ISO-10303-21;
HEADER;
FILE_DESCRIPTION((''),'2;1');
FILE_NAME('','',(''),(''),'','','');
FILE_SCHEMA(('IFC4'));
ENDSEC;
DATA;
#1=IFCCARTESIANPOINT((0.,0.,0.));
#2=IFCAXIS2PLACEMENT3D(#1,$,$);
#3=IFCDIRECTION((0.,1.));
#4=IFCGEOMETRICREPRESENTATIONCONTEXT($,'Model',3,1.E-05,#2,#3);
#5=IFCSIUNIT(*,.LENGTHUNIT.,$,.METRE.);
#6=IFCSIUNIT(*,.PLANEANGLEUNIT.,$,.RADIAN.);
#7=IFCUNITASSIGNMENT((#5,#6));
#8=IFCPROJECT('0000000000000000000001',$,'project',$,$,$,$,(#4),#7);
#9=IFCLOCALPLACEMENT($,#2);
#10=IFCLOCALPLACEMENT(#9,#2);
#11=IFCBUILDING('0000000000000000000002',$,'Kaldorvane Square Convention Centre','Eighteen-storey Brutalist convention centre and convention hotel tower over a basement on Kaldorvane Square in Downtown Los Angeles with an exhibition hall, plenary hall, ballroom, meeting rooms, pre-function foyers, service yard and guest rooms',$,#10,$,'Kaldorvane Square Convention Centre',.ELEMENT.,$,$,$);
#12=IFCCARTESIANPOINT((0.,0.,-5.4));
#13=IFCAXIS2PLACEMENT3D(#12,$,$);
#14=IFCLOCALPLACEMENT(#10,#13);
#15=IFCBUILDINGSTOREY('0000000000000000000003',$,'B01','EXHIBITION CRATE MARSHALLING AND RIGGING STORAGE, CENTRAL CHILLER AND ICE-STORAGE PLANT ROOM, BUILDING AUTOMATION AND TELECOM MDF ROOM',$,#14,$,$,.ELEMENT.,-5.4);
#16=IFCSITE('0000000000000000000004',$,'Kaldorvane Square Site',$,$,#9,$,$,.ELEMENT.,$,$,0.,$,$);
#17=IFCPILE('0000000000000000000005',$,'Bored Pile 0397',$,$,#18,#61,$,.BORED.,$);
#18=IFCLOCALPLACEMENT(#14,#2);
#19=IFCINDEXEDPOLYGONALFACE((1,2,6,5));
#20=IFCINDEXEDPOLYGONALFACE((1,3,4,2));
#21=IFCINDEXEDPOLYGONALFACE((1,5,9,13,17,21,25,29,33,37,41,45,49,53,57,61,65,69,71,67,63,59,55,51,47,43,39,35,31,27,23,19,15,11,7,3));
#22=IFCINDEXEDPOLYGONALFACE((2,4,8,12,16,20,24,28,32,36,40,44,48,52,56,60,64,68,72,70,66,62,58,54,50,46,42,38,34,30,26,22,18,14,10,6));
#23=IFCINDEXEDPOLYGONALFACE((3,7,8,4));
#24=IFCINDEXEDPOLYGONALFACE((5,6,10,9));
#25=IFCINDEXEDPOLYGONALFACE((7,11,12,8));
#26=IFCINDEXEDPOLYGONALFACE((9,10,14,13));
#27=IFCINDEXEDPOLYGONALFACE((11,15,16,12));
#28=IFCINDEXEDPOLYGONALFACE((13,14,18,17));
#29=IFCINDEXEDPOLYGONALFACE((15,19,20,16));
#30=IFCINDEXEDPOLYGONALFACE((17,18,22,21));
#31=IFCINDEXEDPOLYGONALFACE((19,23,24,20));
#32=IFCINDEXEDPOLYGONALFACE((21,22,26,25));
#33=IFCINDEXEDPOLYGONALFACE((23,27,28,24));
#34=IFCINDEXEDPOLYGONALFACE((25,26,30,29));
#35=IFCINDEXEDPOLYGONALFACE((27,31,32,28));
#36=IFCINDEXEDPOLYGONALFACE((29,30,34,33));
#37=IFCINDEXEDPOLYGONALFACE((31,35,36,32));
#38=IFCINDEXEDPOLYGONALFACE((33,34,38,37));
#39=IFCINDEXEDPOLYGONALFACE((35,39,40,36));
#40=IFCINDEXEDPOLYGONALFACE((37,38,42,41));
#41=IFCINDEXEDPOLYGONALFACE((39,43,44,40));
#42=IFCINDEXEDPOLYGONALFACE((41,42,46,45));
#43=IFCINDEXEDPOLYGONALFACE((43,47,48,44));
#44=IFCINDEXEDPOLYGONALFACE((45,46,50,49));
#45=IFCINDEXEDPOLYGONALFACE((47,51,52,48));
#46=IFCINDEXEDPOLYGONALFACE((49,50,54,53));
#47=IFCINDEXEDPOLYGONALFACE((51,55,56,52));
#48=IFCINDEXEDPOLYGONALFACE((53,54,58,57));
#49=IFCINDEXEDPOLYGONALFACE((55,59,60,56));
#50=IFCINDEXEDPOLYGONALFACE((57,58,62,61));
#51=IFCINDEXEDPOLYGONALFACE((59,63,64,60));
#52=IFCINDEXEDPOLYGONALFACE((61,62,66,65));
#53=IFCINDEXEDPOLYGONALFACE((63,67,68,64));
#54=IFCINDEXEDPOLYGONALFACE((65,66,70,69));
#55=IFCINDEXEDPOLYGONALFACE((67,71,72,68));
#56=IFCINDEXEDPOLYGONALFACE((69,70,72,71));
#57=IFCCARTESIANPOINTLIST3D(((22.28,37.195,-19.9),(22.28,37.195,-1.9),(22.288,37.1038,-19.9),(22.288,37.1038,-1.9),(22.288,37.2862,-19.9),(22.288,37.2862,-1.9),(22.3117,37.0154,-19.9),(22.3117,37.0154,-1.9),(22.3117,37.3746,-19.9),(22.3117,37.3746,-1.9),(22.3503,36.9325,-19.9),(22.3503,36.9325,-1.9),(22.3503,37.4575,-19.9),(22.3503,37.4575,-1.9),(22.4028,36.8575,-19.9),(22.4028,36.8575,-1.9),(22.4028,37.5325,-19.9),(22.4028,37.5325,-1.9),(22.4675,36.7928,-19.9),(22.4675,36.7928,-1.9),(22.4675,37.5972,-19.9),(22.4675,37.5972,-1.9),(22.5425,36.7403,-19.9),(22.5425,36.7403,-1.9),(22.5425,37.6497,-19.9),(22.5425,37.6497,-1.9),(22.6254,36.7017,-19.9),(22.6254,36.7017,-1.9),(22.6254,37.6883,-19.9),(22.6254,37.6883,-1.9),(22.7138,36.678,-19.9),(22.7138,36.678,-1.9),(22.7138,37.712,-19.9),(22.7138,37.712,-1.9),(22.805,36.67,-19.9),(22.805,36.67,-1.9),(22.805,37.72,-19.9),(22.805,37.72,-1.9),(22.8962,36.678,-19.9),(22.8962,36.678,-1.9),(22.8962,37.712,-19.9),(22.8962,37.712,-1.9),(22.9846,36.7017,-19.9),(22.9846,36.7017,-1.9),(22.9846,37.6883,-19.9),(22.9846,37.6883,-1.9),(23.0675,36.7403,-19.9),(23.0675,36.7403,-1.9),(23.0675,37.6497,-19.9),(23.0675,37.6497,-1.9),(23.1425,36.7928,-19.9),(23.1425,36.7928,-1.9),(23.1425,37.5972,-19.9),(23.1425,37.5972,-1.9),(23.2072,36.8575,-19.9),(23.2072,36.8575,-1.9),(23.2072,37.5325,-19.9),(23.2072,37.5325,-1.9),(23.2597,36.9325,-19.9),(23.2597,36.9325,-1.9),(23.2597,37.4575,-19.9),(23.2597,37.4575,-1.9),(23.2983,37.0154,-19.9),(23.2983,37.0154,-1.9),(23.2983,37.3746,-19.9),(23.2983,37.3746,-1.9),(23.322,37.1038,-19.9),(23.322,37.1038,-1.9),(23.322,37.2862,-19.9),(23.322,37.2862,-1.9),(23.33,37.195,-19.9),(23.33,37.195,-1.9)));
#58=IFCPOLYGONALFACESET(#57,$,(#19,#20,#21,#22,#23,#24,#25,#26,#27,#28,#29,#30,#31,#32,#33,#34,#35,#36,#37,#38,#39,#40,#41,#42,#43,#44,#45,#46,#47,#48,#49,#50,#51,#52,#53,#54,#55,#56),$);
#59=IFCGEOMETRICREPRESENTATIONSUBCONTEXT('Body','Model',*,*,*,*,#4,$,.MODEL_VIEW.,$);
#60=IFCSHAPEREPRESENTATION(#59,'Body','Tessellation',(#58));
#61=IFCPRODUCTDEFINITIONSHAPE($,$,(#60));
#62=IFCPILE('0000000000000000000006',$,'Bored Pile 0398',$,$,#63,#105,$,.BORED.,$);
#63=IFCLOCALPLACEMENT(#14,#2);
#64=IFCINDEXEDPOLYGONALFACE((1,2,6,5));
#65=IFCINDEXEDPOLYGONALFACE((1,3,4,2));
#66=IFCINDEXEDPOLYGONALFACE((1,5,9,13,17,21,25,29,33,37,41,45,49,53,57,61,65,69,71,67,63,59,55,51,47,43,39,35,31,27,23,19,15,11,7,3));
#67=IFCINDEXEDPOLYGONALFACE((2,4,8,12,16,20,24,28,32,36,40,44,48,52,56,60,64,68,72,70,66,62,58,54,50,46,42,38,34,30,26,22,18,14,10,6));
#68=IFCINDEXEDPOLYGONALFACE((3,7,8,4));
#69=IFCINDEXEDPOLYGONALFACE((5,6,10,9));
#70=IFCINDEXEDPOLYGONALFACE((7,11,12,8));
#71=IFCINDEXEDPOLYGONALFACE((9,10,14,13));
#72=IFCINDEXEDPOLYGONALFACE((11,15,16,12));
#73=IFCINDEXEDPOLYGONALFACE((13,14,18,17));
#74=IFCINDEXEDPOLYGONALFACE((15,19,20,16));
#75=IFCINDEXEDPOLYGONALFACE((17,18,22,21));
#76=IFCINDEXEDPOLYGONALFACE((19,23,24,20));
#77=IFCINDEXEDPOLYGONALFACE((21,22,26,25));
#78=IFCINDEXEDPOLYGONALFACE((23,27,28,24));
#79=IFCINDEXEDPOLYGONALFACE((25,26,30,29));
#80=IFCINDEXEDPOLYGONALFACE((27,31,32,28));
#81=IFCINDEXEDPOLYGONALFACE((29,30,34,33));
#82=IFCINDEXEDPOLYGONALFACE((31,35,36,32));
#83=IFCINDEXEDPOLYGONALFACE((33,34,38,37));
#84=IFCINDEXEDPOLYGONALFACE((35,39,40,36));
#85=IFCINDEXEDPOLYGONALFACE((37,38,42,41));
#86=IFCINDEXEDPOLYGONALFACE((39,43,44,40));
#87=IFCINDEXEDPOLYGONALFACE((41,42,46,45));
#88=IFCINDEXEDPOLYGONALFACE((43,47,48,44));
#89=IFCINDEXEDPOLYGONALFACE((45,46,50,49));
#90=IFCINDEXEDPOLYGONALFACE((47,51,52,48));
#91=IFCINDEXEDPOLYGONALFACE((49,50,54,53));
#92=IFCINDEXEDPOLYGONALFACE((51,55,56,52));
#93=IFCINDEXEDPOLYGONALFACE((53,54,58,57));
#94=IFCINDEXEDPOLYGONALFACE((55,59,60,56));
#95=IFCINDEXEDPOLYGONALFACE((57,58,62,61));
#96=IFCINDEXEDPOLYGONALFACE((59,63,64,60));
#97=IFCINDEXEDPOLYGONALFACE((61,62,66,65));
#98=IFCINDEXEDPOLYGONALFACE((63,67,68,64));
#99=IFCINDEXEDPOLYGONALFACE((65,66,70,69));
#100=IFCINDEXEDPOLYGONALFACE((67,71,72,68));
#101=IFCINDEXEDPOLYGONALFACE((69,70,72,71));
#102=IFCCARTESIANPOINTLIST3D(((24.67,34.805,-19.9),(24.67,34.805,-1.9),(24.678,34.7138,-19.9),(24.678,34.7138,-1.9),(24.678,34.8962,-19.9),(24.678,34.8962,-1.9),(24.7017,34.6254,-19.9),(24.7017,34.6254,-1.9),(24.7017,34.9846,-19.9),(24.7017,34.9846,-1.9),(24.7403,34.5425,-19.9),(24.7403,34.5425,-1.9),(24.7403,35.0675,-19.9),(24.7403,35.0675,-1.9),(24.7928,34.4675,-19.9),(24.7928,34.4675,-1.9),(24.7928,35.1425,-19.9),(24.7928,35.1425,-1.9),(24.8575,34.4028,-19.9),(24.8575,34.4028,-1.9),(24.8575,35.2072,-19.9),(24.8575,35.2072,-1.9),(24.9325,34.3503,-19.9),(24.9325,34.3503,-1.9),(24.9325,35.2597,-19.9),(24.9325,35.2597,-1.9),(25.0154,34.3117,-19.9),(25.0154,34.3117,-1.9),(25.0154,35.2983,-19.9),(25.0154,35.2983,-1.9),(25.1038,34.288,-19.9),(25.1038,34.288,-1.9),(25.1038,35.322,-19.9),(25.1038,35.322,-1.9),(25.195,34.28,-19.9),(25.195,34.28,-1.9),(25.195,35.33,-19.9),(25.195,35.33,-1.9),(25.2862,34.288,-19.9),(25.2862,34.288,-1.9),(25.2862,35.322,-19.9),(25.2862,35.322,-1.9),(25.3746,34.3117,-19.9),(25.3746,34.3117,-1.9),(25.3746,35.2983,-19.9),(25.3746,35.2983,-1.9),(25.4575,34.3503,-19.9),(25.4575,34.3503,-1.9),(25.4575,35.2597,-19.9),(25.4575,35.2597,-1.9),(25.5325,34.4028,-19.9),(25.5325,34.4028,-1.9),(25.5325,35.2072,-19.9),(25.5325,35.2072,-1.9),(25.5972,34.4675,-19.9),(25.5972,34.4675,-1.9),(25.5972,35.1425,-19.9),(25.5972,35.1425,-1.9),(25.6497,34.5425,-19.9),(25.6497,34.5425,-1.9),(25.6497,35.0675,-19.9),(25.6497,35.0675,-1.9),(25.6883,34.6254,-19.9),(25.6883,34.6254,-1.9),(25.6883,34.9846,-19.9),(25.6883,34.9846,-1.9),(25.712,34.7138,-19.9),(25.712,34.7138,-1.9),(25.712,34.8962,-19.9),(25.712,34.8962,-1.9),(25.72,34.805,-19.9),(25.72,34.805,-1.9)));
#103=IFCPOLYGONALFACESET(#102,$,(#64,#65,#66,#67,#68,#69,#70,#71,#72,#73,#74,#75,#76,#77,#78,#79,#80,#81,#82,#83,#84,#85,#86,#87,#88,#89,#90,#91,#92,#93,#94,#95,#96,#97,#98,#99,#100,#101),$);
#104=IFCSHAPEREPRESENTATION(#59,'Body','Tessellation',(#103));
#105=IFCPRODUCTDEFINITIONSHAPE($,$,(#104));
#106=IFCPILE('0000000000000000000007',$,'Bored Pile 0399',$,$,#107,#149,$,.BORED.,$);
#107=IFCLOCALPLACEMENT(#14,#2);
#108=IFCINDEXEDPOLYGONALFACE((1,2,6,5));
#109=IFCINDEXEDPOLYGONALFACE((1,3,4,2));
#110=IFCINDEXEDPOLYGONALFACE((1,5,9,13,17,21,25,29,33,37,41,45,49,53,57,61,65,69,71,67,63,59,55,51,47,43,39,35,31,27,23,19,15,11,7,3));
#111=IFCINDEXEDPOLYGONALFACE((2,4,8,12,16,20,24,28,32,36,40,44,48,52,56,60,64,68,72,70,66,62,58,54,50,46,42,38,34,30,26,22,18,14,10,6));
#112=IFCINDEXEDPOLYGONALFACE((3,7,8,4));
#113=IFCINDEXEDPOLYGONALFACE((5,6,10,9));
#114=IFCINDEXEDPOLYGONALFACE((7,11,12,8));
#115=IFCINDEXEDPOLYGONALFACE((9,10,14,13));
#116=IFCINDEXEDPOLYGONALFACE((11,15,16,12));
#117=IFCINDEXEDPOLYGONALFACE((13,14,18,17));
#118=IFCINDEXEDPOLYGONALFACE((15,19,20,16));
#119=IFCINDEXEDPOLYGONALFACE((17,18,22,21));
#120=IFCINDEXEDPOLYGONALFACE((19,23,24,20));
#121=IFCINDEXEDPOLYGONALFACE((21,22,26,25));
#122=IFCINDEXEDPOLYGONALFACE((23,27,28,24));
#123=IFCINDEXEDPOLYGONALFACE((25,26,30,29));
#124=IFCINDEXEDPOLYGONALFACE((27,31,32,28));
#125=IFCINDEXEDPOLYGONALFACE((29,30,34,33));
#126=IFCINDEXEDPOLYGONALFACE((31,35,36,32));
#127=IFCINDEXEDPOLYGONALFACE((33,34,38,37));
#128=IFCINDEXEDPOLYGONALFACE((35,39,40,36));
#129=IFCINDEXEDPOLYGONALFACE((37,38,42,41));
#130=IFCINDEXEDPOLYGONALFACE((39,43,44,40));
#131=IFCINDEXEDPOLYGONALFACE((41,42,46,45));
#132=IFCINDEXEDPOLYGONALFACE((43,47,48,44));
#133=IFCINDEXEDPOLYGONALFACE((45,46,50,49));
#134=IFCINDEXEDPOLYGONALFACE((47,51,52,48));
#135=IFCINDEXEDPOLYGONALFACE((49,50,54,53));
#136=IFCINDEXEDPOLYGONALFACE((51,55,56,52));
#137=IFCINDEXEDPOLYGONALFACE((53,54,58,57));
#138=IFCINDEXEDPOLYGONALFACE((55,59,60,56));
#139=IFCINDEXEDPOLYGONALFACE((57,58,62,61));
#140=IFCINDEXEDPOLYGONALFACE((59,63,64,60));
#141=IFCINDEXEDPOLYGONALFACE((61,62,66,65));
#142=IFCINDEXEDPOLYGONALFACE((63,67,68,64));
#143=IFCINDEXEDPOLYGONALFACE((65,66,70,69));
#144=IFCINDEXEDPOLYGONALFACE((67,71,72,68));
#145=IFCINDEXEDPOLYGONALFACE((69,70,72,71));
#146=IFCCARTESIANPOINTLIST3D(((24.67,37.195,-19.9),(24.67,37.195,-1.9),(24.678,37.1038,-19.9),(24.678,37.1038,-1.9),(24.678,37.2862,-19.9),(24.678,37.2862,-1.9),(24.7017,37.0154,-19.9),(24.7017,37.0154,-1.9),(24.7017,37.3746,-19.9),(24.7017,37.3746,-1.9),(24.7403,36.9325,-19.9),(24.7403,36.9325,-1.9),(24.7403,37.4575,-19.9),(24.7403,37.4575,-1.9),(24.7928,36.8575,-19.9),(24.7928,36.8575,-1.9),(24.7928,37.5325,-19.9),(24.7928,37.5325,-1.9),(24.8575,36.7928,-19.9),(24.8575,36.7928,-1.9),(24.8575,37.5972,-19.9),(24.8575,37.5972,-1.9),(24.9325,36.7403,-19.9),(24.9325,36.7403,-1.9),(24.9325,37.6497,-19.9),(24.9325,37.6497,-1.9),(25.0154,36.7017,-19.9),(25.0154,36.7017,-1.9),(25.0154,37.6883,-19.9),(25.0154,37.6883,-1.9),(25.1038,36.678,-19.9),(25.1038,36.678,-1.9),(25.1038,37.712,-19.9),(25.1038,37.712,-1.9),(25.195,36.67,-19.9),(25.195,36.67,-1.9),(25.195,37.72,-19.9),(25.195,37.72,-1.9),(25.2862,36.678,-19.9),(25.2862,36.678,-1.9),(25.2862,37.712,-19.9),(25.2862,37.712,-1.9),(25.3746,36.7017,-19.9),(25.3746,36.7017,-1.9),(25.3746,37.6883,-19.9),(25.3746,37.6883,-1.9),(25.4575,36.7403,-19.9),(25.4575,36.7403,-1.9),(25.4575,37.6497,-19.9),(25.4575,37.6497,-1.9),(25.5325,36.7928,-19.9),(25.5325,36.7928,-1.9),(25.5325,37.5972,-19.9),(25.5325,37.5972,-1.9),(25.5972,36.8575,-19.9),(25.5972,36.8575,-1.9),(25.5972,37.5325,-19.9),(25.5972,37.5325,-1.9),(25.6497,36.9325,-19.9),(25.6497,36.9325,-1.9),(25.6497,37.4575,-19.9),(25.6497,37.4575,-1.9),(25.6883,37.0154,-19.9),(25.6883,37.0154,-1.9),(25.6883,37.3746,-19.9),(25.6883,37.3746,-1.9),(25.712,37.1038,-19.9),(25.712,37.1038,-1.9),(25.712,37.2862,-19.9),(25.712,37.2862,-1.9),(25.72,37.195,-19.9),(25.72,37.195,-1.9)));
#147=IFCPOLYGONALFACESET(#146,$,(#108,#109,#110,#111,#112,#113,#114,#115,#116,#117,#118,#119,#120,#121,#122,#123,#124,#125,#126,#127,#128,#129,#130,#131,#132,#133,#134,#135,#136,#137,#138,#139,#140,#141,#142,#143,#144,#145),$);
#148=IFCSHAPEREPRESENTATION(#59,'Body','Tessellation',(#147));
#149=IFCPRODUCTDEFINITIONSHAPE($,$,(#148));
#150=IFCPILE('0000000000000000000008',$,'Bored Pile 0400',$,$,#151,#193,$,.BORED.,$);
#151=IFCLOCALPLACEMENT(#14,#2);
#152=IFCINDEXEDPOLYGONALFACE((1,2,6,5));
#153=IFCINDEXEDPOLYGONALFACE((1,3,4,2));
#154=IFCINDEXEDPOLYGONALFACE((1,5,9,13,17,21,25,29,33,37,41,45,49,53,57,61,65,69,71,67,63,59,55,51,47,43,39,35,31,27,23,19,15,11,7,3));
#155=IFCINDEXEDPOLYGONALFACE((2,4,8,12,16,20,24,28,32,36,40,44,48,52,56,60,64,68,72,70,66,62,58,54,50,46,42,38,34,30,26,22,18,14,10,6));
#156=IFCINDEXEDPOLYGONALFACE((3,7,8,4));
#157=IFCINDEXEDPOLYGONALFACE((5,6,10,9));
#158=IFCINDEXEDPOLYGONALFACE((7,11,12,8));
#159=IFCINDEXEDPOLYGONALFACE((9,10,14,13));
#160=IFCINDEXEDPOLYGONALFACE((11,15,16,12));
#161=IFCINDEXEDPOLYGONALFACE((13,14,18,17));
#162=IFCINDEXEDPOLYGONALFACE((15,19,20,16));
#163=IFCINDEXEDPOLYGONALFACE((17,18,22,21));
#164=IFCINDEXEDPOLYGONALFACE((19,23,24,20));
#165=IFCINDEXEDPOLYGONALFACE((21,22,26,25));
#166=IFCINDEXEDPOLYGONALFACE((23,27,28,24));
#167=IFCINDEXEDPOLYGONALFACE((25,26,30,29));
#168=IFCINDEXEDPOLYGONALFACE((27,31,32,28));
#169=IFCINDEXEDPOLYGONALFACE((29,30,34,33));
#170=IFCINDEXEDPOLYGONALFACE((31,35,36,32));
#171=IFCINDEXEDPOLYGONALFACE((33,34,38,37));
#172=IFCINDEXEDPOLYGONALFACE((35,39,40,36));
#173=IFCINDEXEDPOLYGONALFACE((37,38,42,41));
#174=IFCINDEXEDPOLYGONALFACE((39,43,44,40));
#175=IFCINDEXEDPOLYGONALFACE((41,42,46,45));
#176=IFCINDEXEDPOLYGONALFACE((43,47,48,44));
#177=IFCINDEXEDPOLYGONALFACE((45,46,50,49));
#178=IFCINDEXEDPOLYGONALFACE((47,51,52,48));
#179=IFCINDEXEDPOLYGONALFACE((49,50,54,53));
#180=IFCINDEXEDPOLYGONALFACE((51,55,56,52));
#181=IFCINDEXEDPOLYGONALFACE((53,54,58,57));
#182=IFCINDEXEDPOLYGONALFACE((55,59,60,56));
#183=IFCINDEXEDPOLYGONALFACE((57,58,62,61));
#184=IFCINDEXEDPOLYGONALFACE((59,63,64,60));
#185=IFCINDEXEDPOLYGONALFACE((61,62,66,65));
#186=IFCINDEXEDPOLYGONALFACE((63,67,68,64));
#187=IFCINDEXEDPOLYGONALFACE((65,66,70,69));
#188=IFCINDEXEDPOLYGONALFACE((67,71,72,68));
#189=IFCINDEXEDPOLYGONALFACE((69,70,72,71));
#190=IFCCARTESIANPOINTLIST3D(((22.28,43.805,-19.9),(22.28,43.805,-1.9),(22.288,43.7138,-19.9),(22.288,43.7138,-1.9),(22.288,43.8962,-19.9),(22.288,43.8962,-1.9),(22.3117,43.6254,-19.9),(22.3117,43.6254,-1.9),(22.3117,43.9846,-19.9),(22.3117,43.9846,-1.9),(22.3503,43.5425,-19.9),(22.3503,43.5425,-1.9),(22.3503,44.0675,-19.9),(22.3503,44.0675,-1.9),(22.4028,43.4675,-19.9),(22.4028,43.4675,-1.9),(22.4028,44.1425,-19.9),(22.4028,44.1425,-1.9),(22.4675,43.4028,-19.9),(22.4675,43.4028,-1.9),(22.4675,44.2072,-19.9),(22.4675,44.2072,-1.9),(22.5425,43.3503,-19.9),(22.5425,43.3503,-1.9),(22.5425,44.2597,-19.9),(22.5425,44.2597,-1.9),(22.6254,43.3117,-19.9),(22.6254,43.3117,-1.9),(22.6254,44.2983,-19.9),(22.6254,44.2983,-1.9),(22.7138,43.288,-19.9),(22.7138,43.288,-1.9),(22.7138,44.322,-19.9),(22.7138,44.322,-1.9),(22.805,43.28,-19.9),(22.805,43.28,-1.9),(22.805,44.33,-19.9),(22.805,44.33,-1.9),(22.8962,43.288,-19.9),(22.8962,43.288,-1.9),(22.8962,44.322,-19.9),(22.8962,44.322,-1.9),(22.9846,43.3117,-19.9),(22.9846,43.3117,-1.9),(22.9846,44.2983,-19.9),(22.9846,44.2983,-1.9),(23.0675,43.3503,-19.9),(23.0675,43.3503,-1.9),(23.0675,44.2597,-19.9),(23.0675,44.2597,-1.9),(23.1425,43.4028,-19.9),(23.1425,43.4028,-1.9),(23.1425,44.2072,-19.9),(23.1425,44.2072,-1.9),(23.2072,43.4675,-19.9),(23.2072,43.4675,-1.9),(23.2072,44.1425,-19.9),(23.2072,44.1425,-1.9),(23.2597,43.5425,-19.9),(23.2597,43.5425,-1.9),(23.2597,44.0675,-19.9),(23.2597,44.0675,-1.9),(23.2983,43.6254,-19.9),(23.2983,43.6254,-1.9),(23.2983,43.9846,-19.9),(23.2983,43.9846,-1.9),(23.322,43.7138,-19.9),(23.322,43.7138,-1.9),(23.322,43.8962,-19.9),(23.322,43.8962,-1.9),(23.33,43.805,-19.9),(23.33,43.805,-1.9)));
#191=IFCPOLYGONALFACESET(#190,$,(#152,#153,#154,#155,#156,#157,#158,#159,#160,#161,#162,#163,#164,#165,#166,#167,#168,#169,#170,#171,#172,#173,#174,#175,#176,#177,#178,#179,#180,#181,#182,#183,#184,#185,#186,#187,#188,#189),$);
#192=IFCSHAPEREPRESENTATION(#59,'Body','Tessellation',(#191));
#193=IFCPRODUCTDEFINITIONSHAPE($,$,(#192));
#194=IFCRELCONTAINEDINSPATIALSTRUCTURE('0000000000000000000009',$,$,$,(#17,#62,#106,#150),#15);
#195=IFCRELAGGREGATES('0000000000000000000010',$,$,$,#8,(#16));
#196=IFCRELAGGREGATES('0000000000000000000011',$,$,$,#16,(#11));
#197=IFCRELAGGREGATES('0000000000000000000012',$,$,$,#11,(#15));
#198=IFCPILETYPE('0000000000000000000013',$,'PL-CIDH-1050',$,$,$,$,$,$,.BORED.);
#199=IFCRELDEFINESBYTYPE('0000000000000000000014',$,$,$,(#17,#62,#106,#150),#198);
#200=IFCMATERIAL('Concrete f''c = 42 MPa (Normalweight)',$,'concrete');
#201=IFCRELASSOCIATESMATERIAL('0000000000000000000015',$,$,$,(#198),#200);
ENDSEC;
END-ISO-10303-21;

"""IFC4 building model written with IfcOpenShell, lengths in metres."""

from ifc_helpers import new_model, si_unit, direction, frame, origin, origin_2d, place, context, subcontext, project, spatial, circle, extrude, material, material_profile, profile_set, type_object, element, save


model = new_model("IFC4")

# Units and contexts
model_context = context("Model", 3, precision=1e-05, world=origin(), true_north=direction((0.0, 1.0)))
body_context = subcontext(model_context, "Body", "Model", "MODEL_VIEW")
ifc_project = project(units=[si_unit("LENGTHUNIT", "METRE"), si_unit("PLANEANGLEUNIT", "RADIAN")], contexts=[model_context])

# Site, building, storey
site_placement = place(None, origin())
site = spatial("IfcSite", under=ifc_project, at=site_placement, Name="Kaldorvane Square Site", CompositionType="ELEMENT", RefElevation=0.0)
building_placement = place(site_placement, origin())
building = spatial("IfcBuilding", under=site, at=building_placement, Name="Kaldorvane Square Convention Centre", Description="Eighteen-storey Brutalist convention centre and convention hotel tower over a basement on Kaldorvane Square in Downtown Los Angeles with an exhibition hall, plenary hall, ballroom, meeting rooms, pre-function foyers, service yard and guest rooms", LongName="Kaldorvane Square Convention Centre", CompositionType="ELEMENT")
storey_placement = place(building_placement, frame((0.0, 0.0, -5.4)))
storey = spatial("IfcBuildingStorey", under=building, at=storey_placement, Name="B01", Description="EXHIBITION CRATE MARSHALLING AND RIGGING STORAGE, CENTRAL CHILLER AND ICE-STORAGE PLANT ROOM, BUILDING AUTOMATION AND TELECOM MDF ROOM", CompositionType="ELEMENT", Elevation=-5.4)

# Shared definitions
ifc_material_1 = material(Name="Concrete f'c = 42 MPa (Normalweight)", Category="concrete")

# Piles
ifc_material_profile_1 = material_profile(ifc_material_1, circle(Radius=0.525, at=origin_2d()), Name="PILE-D1050")
ifc_profile_set_1 = profile_set([ifc_material_profile_1], Name="Concrete f'c = 42 MPa (Normalweight)")
pile_type_1 = type_object("IfcPileType", Name="PL-CIDH-1050", PredefinedType="BORED", material=ifc_profile_set_1)
for number, where, z_axis, x_axis, name in (
    (1, (22.805, 37.195, -1.9), (0.0, 0.0, -1.0), (1.0, 0.0, 0.0), "Bored Pile 0397"),
    (2, (25.195, 34.805, -1.9), (0.0, 0.0, -1.0), (1.0, 0.0, 0.0), "Bored Pile 0398"),
    (3, (25.195, 37.195, -1.9), (0.0, 0.0, -1.0), (1.0, 0.0, 0.0), "Bored Pile 0399"),
    (4, (22.805, 43.805, -1.9), (0.0, 0.0, -1.0), (1.0, 0.0, 0.0), "Bored Pile 0400"),
):
    element("IfcPile", number, at=place(storey_placement, frame(where, z_axis=z_axis, x_axis=x_axis)), inside=storey, type_object=pile_type_1, Name=name, PredefinedType="BORED", context=body_context, shape_type="SweptSolid", body=[
        extrude(circle(Radius=0.525, at=origin_2d()), origin(), (0.0, 0.0, 1.0), 18.0),
    ])

save(model, "model.ifc")
